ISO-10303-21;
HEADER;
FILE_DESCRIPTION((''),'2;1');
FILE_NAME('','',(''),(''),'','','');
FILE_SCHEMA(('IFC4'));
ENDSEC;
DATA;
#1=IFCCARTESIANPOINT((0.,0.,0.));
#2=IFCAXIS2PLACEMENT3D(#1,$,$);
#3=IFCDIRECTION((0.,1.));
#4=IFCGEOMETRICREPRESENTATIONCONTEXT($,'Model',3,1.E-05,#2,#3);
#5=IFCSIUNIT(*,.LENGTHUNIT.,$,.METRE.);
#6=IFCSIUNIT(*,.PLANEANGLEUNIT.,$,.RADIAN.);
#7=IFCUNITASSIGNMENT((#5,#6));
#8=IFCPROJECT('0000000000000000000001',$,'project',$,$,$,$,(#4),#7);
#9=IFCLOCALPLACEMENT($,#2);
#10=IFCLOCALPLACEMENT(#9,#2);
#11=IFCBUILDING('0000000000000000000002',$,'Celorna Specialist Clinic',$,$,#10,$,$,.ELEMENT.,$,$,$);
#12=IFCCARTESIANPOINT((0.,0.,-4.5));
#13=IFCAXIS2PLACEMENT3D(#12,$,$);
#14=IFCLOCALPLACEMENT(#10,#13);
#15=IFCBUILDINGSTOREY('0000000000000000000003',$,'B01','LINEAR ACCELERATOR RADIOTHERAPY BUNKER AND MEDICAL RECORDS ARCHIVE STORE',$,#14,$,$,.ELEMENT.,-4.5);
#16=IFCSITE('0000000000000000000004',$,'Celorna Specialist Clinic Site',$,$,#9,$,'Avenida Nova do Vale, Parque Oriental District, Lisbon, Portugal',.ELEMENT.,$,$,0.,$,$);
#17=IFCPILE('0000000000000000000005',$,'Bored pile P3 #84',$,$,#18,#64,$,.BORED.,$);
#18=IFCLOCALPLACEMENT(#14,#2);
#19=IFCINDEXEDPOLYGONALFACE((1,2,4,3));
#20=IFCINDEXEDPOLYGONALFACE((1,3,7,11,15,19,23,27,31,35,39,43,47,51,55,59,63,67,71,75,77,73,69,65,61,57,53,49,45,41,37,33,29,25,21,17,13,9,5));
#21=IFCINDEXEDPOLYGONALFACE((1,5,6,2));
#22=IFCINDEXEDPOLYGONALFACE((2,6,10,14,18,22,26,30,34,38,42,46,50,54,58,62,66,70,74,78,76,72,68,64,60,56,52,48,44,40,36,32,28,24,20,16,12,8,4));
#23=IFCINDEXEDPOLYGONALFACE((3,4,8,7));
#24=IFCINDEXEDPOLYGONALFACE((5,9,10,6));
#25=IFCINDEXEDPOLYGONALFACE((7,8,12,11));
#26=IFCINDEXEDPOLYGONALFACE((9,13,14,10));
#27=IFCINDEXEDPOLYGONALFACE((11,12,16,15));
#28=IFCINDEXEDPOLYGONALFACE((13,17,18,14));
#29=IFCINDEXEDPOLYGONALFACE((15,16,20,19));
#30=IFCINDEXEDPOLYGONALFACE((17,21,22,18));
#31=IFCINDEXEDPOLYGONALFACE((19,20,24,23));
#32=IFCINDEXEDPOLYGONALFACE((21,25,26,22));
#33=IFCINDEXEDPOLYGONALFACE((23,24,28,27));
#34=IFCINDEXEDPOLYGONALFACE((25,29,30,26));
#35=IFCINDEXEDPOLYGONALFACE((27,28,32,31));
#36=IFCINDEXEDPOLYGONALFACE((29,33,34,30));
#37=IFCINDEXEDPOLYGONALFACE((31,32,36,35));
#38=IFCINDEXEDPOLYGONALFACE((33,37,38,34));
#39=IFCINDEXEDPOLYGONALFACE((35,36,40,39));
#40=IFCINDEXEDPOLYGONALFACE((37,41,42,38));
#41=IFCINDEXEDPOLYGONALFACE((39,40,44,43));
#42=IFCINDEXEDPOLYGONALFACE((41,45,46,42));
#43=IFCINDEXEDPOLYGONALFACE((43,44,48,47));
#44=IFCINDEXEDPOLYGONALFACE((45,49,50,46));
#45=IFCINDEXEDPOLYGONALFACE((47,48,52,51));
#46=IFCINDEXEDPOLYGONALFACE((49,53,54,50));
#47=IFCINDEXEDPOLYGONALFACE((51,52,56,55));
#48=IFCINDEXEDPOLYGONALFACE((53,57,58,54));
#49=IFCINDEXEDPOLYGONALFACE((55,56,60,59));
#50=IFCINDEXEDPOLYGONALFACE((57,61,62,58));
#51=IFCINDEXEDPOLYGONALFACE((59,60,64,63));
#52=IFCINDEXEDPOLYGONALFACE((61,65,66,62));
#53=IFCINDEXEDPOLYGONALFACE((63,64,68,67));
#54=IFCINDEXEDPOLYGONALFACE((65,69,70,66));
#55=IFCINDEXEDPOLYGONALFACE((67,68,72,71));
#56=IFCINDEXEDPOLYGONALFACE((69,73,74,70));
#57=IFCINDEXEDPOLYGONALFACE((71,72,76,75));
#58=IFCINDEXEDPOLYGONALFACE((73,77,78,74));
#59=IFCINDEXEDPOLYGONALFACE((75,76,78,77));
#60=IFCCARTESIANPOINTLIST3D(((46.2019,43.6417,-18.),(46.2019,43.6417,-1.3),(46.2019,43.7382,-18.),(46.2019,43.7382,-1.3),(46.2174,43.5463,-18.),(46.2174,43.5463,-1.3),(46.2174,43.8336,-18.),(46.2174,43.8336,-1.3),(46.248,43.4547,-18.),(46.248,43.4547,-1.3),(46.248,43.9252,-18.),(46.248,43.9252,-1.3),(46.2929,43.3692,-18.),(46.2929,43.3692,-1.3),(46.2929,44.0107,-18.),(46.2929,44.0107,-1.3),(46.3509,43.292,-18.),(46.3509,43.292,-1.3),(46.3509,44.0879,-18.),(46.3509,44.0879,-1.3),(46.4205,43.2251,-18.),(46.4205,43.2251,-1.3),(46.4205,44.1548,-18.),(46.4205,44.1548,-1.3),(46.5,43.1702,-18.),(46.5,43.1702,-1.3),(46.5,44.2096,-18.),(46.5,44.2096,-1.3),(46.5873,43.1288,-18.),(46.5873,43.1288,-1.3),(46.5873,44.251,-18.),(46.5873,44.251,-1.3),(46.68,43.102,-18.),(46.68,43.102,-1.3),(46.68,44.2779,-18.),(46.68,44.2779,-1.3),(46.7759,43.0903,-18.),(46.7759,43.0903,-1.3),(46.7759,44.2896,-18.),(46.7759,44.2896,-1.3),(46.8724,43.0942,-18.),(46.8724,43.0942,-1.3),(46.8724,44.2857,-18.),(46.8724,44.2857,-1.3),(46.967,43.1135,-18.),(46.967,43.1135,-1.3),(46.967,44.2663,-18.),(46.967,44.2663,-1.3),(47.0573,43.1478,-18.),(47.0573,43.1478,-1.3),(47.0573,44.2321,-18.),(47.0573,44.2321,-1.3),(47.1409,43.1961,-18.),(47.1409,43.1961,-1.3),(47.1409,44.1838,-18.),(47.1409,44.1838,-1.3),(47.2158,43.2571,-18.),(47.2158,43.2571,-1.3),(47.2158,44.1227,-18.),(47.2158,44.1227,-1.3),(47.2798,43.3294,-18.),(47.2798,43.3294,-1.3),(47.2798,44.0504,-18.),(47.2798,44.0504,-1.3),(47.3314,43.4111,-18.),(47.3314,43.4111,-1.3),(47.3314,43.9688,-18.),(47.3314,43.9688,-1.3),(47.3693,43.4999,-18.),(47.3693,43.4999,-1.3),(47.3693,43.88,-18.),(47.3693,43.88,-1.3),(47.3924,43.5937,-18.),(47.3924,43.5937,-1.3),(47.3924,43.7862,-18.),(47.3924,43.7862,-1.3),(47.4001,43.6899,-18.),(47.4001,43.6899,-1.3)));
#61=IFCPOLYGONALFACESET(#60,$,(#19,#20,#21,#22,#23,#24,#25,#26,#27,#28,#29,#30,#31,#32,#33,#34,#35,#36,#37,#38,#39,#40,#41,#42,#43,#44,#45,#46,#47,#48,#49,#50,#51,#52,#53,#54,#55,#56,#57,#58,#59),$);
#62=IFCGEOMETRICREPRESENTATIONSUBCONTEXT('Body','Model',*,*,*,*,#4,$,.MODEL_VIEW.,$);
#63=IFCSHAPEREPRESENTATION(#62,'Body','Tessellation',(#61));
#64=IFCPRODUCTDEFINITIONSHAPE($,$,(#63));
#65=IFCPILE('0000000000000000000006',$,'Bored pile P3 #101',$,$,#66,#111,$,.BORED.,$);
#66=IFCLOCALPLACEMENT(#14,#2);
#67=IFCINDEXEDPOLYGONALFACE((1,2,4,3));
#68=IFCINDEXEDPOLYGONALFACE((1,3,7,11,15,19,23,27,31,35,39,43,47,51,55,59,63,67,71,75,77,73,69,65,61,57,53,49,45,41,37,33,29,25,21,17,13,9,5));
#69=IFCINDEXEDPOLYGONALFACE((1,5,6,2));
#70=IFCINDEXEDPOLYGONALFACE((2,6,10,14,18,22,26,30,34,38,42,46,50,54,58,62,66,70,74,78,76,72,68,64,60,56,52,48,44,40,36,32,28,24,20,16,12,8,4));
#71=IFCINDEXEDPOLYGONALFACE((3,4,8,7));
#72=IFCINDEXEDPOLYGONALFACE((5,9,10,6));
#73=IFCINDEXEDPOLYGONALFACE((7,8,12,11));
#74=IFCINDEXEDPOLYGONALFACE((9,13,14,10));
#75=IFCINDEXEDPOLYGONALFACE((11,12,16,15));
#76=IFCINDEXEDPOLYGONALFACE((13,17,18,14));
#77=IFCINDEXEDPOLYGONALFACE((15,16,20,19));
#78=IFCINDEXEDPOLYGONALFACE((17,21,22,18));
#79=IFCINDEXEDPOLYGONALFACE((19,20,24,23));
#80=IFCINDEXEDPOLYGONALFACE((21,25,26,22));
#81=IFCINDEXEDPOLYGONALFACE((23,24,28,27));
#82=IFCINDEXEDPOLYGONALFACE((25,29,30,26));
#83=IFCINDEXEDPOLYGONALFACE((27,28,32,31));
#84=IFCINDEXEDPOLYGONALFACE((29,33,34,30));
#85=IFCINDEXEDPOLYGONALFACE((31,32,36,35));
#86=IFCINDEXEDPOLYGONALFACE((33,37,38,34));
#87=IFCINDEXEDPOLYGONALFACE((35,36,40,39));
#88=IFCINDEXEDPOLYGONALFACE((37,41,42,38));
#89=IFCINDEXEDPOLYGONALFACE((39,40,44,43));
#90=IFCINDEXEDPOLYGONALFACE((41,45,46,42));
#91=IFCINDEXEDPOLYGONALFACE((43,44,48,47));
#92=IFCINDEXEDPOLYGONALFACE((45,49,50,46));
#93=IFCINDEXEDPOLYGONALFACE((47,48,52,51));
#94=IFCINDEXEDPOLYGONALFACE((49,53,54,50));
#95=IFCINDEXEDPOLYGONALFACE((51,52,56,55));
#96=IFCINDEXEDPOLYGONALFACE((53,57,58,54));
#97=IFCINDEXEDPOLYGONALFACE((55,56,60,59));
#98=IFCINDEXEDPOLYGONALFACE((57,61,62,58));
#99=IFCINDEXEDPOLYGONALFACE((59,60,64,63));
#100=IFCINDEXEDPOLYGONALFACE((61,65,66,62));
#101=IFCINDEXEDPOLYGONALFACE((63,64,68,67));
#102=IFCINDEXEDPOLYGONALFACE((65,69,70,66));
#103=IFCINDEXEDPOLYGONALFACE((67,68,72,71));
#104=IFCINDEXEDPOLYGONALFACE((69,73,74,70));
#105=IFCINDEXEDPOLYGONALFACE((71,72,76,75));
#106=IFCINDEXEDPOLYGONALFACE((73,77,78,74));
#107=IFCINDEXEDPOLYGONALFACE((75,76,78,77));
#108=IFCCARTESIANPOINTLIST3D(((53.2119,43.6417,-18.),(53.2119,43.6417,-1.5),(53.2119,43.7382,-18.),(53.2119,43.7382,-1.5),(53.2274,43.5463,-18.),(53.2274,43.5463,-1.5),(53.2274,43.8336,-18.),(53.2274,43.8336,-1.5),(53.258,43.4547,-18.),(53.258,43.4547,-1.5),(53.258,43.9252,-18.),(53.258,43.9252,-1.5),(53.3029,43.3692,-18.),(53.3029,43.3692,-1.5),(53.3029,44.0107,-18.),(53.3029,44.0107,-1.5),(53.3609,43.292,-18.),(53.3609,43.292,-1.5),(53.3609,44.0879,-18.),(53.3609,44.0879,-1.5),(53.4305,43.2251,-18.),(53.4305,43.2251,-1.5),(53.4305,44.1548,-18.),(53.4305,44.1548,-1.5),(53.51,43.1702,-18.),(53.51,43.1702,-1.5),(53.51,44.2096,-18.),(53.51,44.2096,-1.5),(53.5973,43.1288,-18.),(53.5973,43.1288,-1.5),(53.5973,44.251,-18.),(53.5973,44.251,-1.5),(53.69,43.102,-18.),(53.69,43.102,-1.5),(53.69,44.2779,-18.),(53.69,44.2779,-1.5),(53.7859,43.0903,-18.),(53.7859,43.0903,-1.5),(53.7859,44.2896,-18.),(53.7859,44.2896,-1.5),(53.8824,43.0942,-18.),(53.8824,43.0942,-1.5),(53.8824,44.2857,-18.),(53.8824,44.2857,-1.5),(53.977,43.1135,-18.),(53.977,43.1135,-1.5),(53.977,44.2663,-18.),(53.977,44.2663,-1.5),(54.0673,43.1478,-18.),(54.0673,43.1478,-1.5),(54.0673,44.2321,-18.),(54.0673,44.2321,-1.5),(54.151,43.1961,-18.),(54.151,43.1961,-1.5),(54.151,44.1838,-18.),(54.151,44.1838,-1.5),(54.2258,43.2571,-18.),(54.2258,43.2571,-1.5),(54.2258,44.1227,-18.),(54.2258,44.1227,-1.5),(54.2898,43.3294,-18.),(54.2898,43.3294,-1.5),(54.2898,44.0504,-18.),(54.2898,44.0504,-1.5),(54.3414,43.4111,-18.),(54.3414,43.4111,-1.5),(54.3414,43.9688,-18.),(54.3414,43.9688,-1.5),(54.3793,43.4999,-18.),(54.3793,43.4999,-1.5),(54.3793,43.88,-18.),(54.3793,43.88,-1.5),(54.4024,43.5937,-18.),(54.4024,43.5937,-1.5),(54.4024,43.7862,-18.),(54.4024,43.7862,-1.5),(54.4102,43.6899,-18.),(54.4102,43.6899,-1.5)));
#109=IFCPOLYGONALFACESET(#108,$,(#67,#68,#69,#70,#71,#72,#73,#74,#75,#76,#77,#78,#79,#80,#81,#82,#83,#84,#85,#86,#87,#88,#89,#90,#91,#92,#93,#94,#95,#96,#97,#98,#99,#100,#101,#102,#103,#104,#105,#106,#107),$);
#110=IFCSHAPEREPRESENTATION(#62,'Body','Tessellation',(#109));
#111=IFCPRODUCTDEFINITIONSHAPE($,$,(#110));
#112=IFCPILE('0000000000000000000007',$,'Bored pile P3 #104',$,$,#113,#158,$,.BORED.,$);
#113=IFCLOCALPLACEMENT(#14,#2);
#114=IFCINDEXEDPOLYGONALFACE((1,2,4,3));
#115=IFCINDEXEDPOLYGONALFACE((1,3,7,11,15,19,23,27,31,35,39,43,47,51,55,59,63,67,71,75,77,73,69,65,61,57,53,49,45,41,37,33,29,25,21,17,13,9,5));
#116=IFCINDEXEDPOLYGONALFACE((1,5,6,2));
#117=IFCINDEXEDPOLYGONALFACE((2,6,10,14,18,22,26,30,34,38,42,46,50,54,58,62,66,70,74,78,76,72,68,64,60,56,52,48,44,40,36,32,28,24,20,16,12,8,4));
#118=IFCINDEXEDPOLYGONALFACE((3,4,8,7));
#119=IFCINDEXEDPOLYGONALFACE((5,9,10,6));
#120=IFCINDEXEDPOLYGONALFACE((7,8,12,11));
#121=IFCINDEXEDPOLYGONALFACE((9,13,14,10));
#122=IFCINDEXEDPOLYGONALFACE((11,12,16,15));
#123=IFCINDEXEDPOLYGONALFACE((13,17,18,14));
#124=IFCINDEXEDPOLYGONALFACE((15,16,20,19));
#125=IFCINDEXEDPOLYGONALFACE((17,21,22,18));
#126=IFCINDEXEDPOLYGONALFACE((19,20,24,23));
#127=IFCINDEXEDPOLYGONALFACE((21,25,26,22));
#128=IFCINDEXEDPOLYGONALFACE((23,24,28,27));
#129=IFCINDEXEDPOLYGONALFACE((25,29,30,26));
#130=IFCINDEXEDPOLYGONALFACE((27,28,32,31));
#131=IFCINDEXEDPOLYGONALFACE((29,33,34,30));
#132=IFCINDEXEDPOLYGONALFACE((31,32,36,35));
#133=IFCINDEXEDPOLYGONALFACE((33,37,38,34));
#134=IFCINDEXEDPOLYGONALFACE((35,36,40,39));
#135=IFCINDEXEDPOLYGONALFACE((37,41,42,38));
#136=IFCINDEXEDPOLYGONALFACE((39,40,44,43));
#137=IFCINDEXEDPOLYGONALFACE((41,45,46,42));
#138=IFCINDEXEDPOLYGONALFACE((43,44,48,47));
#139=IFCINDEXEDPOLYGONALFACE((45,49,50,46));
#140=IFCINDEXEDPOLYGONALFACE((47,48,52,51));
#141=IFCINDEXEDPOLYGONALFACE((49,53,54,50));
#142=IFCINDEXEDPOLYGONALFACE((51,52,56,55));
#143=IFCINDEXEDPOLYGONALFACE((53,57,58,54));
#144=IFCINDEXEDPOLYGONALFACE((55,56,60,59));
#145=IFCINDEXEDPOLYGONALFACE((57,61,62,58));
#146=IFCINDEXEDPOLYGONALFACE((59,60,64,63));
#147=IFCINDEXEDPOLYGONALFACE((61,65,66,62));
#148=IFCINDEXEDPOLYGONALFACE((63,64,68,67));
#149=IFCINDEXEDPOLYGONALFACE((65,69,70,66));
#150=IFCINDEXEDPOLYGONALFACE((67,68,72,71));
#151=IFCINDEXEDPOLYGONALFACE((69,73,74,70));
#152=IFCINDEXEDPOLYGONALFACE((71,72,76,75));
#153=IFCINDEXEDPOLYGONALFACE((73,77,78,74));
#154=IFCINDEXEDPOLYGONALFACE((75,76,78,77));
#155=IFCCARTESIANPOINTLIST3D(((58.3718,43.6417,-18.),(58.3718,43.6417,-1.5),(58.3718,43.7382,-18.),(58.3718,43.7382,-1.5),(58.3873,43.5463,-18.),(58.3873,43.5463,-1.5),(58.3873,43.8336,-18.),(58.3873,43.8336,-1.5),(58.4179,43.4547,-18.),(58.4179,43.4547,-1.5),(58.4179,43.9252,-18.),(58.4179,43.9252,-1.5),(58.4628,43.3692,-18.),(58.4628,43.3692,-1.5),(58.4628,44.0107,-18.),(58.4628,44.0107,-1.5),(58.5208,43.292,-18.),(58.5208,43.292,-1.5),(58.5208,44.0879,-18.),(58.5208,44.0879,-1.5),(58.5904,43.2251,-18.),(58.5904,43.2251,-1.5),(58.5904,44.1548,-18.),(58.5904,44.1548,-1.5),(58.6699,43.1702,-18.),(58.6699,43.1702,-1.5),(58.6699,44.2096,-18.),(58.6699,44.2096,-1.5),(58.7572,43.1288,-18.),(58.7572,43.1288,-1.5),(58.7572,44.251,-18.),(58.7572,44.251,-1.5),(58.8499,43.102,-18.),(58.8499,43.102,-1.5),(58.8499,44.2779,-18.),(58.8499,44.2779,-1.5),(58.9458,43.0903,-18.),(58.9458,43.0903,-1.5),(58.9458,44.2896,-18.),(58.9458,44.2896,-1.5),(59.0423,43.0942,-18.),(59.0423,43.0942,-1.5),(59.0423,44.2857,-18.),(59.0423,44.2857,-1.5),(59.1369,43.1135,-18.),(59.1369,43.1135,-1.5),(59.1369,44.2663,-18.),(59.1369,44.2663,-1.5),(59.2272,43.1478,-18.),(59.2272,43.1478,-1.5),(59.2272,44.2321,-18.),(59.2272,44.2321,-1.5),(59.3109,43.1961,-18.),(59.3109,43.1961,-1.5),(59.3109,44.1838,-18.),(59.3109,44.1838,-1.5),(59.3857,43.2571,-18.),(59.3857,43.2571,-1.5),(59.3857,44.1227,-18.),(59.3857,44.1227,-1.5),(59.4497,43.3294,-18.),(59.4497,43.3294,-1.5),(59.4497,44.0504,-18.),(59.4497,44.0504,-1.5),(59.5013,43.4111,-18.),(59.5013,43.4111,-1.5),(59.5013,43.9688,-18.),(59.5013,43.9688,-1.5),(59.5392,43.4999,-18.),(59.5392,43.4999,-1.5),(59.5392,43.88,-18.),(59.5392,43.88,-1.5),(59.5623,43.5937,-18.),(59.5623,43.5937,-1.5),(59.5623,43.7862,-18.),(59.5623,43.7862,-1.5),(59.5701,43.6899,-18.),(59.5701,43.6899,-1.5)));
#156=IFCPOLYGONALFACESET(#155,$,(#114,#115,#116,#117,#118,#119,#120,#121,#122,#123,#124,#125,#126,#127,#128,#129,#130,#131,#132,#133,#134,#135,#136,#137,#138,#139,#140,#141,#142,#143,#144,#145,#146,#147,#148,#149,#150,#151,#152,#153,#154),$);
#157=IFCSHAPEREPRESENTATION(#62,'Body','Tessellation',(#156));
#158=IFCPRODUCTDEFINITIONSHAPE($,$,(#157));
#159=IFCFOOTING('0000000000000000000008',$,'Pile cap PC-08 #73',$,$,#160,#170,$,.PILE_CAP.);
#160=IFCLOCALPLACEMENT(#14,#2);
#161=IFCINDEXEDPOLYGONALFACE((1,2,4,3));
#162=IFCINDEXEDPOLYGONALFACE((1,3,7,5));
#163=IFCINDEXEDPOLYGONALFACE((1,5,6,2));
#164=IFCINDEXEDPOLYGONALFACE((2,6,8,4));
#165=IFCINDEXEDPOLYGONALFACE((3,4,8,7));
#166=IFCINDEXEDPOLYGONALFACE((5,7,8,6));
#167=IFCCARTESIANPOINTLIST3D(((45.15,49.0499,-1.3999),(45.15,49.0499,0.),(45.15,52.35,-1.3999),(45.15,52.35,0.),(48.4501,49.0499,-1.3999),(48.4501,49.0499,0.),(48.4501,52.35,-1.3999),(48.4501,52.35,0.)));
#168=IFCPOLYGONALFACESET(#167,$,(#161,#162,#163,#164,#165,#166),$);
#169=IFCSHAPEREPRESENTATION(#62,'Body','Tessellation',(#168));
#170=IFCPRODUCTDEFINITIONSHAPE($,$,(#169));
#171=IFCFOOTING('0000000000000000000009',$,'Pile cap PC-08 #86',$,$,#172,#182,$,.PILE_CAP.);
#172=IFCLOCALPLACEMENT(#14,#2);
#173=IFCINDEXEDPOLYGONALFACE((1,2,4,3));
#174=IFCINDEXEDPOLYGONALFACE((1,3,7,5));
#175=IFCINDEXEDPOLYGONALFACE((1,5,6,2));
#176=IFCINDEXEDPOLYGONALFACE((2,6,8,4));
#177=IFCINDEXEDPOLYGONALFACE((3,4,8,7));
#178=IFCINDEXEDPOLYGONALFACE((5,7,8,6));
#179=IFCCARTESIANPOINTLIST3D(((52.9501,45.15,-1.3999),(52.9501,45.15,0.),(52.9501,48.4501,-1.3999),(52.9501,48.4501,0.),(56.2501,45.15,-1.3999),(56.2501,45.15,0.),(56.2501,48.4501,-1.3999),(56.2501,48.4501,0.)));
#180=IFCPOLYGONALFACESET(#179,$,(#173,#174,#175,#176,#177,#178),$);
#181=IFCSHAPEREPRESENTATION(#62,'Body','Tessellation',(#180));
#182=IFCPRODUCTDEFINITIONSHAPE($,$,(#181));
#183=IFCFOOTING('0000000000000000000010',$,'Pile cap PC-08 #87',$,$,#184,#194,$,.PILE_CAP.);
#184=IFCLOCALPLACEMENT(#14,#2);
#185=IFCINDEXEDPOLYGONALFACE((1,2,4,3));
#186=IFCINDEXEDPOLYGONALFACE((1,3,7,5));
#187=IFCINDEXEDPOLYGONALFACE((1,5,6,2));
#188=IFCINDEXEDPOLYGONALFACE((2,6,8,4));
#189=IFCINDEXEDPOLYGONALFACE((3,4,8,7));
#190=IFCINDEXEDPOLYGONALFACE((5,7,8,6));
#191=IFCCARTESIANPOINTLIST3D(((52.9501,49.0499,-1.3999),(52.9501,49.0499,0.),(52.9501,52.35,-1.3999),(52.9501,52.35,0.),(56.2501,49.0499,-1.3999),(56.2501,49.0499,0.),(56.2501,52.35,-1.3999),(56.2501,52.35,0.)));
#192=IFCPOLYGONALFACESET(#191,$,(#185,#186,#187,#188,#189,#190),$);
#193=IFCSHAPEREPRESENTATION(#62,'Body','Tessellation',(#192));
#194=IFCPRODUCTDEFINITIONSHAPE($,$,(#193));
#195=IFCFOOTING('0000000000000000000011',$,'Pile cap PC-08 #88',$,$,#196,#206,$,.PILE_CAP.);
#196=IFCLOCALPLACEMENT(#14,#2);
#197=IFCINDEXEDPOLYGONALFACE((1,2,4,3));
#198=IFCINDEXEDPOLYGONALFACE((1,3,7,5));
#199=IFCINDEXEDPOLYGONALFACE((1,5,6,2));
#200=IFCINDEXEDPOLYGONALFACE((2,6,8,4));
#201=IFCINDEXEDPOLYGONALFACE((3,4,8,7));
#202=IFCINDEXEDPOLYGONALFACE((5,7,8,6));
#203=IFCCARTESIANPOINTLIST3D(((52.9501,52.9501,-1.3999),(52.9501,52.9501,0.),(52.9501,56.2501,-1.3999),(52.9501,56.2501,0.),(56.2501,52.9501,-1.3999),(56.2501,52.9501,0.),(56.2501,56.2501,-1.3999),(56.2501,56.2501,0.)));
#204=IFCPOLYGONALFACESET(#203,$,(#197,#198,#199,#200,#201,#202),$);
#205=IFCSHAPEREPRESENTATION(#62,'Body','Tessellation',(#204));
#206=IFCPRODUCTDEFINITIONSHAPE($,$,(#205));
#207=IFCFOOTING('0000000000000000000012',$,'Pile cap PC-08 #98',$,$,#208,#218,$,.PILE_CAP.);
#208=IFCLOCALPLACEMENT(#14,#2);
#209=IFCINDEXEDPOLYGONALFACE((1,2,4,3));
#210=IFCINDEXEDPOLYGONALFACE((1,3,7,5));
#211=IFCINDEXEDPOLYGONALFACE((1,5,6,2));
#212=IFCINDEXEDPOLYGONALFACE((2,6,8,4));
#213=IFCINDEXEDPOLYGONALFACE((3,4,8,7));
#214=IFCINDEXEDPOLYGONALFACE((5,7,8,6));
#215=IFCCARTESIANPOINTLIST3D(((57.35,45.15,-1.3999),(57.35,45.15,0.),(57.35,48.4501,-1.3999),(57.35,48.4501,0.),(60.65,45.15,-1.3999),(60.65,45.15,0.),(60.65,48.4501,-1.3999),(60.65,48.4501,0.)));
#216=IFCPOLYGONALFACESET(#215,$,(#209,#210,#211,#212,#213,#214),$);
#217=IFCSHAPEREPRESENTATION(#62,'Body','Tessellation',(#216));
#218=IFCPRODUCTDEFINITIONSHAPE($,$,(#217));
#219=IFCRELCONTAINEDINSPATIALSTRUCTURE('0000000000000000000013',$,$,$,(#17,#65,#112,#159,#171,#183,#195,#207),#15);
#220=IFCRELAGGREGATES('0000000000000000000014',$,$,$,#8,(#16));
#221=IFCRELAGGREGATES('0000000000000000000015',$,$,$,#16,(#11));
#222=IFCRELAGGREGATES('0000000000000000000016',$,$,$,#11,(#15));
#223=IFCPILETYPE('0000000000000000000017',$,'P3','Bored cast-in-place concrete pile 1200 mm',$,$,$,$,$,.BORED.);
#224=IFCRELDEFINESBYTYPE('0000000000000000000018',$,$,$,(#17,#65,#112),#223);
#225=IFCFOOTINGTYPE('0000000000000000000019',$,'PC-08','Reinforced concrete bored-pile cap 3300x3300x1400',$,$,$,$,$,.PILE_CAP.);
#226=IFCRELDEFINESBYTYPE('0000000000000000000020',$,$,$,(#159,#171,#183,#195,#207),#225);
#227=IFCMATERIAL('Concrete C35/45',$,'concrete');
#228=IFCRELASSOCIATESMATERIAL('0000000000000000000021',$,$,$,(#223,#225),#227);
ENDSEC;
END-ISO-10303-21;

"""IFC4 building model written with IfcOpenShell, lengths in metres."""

from ifc_helpers import new_model, si_unit, direction, frame, origin, origin_2d, place, context, subcontext, project, spatial, rectangle, circle, extrude, material, material_profile, profile_set, type_object, element, save


model = new_model("IFC4")

# Units and contexts
model_context = context("Model", 3, precision=1e-05, world=origin(), true_north=direction((0.0, 1.0)))
body_context = subcontext(model_context, "Body", "Model", "MODEL_VIEW")
ifc_project = project(units=[si_unit("LENGTHUNIT", "METRE"), si_unit("PLANEANGLEUNIT", "RADIAN")], contexts=[model_context])

# Site, building, storey
site_placement = place(None, origin())
site = spatial("IfcSite", under=ifc_project, at=site_placement, Name="Celorna Specialist Clinic Site", LongName="Avenida Nova do Vale, Parque Oriental District, Lisbon, Portugal", CompositionType="ELEMENT", RefElevation=0.0)
building_placement = place(site_placement, origin())
building = spatial("IfcBuilding", under=site, at=building_placement, Name="Celorna Specialist Clinic", CompositionType="ELEMENT")
storey_placement = place(building_placement, frame((0.0, 0.0, -4.5)))
storey = spatial("IfcBuildingStorey", under=building, at=storey_placement, Name="B01", Description="LINEAR ACCELERATOR RADIOTHERAPY BUNKER AND MEDICAL RECORDS ARCHIVE STORE", CompositionType="ELEMENT", Elevation=-4.5)

# Shared definitions
ifc_material_1 = material(Name="Concrete C35/45", Category="concrete")

# Piles
ifc_material_profile_1 = material_profile(ifc_material_1, circle(Radius=0.6001, at=origin_2d()), Name="BORED PILE 1200")
ifc_profile_set_1 = profile_set([ifc_material_profile_1], Name="Concrete C35/45")
pile_type_1 = type_object("IfcPileType", Name="P3", Description="Bored cast-in-place concrete pile 1200 mm", PredefinedType="BORED", material=ifc_profile_set_1)
pile_placement = place(storey_placement, frame((46.8, 43.6899, -1.3), z_axis=(0.0, 0.0, -1.0), x_axis=(1.0, 0.0, 0.0)))
element("IfcPile", 1, at=pile_placement, inside=storey, type_object=pile_type_1, Name="Bored pile P3 #84", PredefinedType="BORED", context=body_context, shape_type="SweptSolid", body=[
    extrude(circle(Radius=0.6001, at=origin_2d()), origin(), (0.0, 0.0, 1.0), 16.7),
])
for number, where, z_axis, x_axis, name in (
    (2, (53.8101, 43.6899, -1.5), (0.0, 0.0, -1.0), (1.0, 0.0, 0.0), "Bored pile P3 #101"),
    (3, (58.97, 43.6899, -1.5), (0.0, 0.0, -1.0), (1.0, 0.0, 0.0), "Bored pile P3 #104"),
):
    element("IfcPile", number, at=place(storey_placement, frame(where, z_axis=z_axis, x_axis=x_axis)), inside=storey, type_object=pile_type_1, Name=name, PredefinedType="BORED", context=body_context, shape_type="SweptSolid", body=[
        extrude(circle(Radius=0.6001, at=origin_2d()), origin(), (0.0, 0.0, 1.0), 16.5),
    ])

# Footings
footing_type_1 = type_object("IfcFootingType", Name="PC-08", Description="Reinforced concrete bored-pile cap 3300x3300x1400", PredefinedType="PILE_CAP", material=ifc_material_1)
for number, where, z_axis, x_axis, name in (
    (4, (46.8, 50.7, -1.3999), (0.0, 0.0, 1.0), (1.0, 0.0, 0.0), "Pile cap PC-08 #73"),
    (5, (54.6001, 46.8, -1.3999), (0.0, 0.0, 1.0), (1.0, 0.0, 0.0), "Pile cap PC-08 #86"),
    (6, (54.6001, 50.7, -1.3999), (0.0, 0.0, 1.0), (1.0, 0.0, 0.0), "Pile cap PC-08 #87"),
    (7, (54.6001, 54.6001, -1.3999), (0.0, 0.0, 1.0), (1.0, 0.0, 0.0), "Pile cap PC-08 #88"),
    (8, (59.0, 46.8, -1.3999), (0.0, 0.0, 1.0), (1.0, 0.0, 0.0), "Pile cap PC-08 #98"),
):
    element("IfcFooting", number, at=place(storey_placement, frame(where, z_axis=z_axis, x_axis=x_axis)), inside=storey, type_object=footing_type_1, Name=name, PredefinedType="PILE_CAP", context=body_context, shape_type="SweptSolid", body=[
        extrude(rectangle(XDim=3.3, YDim=3.3, at=origin_2d()), origin(), (0.0, 0.0, 1.0), 1.3999),
    ])

save(model, "model.ifc")
